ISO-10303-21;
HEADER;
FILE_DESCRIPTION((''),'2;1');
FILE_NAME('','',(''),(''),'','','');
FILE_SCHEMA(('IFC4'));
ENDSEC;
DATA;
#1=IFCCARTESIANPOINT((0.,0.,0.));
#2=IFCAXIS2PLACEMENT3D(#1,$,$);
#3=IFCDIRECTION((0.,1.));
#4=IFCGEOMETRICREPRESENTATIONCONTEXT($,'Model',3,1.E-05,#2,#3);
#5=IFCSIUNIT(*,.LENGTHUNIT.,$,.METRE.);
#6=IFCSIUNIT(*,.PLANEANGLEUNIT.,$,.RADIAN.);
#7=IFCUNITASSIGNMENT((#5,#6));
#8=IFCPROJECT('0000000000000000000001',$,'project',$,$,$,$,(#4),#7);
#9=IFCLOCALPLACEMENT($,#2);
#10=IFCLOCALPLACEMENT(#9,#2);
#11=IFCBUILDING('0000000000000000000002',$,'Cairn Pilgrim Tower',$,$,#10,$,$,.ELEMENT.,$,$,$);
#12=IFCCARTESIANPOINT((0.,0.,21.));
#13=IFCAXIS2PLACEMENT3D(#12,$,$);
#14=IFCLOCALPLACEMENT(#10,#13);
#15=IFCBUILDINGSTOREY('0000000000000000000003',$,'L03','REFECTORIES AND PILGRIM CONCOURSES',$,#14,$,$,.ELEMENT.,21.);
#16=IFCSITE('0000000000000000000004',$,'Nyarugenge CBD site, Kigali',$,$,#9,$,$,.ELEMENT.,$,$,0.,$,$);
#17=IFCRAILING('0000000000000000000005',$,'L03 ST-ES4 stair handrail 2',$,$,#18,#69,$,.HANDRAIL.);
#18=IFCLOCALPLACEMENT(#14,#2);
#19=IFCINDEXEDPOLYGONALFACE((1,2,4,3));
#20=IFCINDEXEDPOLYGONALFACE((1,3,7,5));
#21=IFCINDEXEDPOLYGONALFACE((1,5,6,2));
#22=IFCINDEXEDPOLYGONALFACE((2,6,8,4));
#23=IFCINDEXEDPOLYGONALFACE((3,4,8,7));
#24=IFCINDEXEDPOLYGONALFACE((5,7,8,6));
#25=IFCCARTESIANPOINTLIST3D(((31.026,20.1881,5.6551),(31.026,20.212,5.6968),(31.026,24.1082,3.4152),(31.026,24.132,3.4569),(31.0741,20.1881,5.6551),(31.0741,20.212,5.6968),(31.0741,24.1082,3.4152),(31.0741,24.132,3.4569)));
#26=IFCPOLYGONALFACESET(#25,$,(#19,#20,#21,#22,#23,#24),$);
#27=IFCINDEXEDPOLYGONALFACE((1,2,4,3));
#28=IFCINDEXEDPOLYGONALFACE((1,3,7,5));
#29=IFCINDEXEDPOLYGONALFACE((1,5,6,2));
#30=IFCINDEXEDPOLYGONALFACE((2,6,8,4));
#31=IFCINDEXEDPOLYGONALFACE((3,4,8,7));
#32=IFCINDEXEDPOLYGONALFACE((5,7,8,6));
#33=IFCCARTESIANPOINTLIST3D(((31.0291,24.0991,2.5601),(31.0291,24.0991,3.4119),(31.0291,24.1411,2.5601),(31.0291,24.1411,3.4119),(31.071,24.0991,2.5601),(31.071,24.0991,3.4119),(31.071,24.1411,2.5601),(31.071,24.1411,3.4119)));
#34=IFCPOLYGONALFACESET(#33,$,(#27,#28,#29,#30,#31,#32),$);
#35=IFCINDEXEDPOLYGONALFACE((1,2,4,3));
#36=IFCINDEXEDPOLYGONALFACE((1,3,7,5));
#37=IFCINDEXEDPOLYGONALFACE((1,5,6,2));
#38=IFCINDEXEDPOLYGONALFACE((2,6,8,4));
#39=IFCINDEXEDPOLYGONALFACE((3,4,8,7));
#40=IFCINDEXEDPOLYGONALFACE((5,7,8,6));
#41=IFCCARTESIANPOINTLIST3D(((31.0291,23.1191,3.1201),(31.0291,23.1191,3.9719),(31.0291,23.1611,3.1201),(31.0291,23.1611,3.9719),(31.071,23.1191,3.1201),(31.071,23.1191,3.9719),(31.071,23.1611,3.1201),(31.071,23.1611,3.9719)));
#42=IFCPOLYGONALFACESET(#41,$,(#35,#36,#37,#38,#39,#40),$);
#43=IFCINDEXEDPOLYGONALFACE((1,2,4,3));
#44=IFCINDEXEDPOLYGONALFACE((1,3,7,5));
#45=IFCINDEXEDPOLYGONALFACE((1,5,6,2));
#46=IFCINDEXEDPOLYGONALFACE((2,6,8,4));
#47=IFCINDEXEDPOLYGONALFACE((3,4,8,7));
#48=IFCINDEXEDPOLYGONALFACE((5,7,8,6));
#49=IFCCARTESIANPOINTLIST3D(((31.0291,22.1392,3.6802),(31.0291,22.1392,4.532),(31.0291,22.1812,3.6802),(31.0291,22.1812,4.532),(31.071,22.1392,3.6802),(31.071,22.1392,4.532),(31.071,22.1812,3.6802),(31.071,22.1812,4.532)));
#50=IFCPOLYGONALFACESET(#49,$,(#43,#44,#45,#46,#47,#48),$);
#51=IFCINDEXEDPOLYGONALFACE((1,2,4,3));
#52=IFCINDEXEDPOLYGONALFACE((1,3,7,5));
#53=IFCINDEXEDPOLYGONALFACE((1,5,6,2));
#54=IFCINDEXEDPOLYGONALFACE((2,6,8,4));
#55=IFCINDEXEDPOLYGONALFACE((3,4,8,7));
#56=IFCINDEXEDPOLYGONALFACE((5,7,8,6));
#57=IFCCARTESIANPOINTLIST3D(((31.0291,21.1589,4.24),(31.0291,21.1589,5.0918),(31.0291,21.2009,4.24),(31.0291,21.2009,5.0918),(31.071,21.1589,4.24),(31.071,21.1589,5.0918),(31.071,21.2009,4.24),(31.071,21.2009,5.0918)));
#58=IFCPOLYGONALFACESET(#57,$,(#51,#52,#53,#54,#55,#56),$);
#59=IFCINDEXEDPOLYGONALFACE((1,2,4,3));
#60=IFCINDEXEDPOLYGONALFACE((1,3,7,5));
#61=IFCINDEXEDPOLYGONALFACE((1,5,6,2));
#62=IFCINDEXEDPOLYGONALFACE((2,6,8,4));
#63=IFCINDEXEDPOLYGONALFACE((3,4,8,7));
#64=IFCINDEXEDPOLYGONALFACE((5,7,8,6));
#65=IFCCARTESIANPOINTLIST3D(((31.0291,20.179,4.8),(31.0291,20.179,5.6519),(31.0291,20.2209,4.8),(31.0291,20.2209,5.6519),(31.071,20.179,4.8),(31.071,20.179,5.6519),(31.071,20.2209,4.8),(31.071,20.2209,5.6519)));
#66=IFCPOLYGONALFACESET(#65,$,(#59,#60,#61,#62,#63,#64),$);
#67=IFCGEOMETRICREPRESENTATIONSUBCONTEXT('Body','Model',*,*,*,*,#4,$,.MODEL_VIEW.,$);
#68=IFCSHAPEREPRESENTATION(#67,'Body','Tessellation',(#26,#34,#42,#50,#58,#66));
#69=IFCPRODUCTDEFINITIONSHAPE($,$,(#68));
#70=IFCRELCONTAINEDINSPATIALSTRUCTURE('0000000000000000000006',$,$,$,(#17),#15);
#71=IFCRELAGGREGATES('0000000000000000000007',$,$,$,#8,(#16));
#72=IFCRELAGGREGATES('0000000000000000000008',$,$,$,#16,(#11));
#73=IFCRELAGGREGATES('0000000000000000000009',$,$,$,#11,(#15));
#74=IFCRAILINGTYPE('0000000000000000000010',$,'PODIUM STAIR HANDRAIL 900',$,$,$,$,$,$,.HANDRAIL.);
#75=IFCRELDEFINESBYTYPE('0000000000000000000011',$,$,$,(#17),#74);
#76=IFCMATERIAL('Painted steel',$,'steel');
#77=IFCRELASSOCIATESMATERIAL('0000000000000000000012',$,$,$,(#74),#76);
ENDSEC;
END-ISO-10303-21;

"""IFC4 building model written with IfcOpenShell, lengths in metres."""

from ifc_helpers import new_model, si_unit, direction, frame, origin, origin_2d, place, context, subcontext, project, spatial, rectangle, extrude, material, type_object, element, save


model = new_model("IFC4")

# Units and contexts
model_context = context("Model", 3, precision=1e-05, world=origin(), true_north=direction((0.0, 1.0)))
body_context = subcontext(model_context, "Body", "Model", "MODEL_VIEW")
ifc_project = project(units=[si_unit("LENGTHUNIT", "METRE"), si_unit("PLANEANGLEUNIT", "RADIAN")], contexts=[model_context])

# Site, building, storey
site_placement = place(None, origin())
site = spatial("IfcSite", under=ifc_project, at=site_placement, Name="Nyarugenge CBD site, Kigali", CompositionType="ELEMENT", RefElevation=0.0)
building_placement = place(site_placement, origin())
building = spatial("IfcBuilding", under=site, at=building_placement, Name="Cairn Pilgrim Tower", CompositionType="ELEMENT")
storey_placement = place(building_placement, frame((0.0, 0.0, 21.0)))
storey = spatial("IfcBuildingStorey", under=building, at=storey_placement, Name="L03", Description="REFECTORIES AND PILGRIM CONCOURSES", CompositionType="ELEMENT", Elevation=21.0)

# Railing
ifc_material_1 = material(Name="Painted steel", Category="steel")
railing_type = type_object("IfcRailingType", Name="PODIUM STAIR HANDRAIL 900", PredefinedType="HANDRAIL", material=ifc_material_1)
railing_placement = place(storey_placement, frame((31.05, 24.1201, 2.5601)))
element("IfcRailing", 1, at=railing_placement, inside=storey, type_object=railing_type, Name="L03 ST-ES4 stair handrail 2", PredefinedType="HANDRAIL", context=body_context, shape_type="SweptSolid", body=[
    extrude(rectangle(XDim=0.0481, YDim=0.0481, at=origin_2d()), frame((0.0, 0.0, 0.876), z_axis=(0.0, -0.868253, 0.496121), x_axis=(1.0, 0.0, 0.0)), (0.0, 0.0, 1.0), 4.5149),
    extrude(rectangle(XDim=0.042, YDim=0.042, at=origin_2d()), origin(), (0.0, 0.0, 1.0), 0.8518),
    extrude(rectangle(XDim=0.042, YDim=0.042, at=origin_2d()), frame((0.0, -0.98, 0.5601)), (0.0, 0.0, 1.0), 0.8518),
    extrude(rectangle(XDim=0.042, YDim=0.042, at=origin_2d()), frame((0.0, -1.96, 1.1201)), (0.0, 0.0, 1.0), 0.8518),
    extrude(rectangle(XDim=0.042, YDim=0.042, at=origin_2d()), frame((0.0, -2.9402, 1.6799)), (0.0, 0.0, 1.0), 0.8518),
    extrude(rectangle(XDim=0.042, YDim=0.042, at=origin_2d()), frame((0.0, -3.9202, 2.24)), (0.0, 0.0, 1.0), 0.8518),
])

save(model, "model.ifc")
